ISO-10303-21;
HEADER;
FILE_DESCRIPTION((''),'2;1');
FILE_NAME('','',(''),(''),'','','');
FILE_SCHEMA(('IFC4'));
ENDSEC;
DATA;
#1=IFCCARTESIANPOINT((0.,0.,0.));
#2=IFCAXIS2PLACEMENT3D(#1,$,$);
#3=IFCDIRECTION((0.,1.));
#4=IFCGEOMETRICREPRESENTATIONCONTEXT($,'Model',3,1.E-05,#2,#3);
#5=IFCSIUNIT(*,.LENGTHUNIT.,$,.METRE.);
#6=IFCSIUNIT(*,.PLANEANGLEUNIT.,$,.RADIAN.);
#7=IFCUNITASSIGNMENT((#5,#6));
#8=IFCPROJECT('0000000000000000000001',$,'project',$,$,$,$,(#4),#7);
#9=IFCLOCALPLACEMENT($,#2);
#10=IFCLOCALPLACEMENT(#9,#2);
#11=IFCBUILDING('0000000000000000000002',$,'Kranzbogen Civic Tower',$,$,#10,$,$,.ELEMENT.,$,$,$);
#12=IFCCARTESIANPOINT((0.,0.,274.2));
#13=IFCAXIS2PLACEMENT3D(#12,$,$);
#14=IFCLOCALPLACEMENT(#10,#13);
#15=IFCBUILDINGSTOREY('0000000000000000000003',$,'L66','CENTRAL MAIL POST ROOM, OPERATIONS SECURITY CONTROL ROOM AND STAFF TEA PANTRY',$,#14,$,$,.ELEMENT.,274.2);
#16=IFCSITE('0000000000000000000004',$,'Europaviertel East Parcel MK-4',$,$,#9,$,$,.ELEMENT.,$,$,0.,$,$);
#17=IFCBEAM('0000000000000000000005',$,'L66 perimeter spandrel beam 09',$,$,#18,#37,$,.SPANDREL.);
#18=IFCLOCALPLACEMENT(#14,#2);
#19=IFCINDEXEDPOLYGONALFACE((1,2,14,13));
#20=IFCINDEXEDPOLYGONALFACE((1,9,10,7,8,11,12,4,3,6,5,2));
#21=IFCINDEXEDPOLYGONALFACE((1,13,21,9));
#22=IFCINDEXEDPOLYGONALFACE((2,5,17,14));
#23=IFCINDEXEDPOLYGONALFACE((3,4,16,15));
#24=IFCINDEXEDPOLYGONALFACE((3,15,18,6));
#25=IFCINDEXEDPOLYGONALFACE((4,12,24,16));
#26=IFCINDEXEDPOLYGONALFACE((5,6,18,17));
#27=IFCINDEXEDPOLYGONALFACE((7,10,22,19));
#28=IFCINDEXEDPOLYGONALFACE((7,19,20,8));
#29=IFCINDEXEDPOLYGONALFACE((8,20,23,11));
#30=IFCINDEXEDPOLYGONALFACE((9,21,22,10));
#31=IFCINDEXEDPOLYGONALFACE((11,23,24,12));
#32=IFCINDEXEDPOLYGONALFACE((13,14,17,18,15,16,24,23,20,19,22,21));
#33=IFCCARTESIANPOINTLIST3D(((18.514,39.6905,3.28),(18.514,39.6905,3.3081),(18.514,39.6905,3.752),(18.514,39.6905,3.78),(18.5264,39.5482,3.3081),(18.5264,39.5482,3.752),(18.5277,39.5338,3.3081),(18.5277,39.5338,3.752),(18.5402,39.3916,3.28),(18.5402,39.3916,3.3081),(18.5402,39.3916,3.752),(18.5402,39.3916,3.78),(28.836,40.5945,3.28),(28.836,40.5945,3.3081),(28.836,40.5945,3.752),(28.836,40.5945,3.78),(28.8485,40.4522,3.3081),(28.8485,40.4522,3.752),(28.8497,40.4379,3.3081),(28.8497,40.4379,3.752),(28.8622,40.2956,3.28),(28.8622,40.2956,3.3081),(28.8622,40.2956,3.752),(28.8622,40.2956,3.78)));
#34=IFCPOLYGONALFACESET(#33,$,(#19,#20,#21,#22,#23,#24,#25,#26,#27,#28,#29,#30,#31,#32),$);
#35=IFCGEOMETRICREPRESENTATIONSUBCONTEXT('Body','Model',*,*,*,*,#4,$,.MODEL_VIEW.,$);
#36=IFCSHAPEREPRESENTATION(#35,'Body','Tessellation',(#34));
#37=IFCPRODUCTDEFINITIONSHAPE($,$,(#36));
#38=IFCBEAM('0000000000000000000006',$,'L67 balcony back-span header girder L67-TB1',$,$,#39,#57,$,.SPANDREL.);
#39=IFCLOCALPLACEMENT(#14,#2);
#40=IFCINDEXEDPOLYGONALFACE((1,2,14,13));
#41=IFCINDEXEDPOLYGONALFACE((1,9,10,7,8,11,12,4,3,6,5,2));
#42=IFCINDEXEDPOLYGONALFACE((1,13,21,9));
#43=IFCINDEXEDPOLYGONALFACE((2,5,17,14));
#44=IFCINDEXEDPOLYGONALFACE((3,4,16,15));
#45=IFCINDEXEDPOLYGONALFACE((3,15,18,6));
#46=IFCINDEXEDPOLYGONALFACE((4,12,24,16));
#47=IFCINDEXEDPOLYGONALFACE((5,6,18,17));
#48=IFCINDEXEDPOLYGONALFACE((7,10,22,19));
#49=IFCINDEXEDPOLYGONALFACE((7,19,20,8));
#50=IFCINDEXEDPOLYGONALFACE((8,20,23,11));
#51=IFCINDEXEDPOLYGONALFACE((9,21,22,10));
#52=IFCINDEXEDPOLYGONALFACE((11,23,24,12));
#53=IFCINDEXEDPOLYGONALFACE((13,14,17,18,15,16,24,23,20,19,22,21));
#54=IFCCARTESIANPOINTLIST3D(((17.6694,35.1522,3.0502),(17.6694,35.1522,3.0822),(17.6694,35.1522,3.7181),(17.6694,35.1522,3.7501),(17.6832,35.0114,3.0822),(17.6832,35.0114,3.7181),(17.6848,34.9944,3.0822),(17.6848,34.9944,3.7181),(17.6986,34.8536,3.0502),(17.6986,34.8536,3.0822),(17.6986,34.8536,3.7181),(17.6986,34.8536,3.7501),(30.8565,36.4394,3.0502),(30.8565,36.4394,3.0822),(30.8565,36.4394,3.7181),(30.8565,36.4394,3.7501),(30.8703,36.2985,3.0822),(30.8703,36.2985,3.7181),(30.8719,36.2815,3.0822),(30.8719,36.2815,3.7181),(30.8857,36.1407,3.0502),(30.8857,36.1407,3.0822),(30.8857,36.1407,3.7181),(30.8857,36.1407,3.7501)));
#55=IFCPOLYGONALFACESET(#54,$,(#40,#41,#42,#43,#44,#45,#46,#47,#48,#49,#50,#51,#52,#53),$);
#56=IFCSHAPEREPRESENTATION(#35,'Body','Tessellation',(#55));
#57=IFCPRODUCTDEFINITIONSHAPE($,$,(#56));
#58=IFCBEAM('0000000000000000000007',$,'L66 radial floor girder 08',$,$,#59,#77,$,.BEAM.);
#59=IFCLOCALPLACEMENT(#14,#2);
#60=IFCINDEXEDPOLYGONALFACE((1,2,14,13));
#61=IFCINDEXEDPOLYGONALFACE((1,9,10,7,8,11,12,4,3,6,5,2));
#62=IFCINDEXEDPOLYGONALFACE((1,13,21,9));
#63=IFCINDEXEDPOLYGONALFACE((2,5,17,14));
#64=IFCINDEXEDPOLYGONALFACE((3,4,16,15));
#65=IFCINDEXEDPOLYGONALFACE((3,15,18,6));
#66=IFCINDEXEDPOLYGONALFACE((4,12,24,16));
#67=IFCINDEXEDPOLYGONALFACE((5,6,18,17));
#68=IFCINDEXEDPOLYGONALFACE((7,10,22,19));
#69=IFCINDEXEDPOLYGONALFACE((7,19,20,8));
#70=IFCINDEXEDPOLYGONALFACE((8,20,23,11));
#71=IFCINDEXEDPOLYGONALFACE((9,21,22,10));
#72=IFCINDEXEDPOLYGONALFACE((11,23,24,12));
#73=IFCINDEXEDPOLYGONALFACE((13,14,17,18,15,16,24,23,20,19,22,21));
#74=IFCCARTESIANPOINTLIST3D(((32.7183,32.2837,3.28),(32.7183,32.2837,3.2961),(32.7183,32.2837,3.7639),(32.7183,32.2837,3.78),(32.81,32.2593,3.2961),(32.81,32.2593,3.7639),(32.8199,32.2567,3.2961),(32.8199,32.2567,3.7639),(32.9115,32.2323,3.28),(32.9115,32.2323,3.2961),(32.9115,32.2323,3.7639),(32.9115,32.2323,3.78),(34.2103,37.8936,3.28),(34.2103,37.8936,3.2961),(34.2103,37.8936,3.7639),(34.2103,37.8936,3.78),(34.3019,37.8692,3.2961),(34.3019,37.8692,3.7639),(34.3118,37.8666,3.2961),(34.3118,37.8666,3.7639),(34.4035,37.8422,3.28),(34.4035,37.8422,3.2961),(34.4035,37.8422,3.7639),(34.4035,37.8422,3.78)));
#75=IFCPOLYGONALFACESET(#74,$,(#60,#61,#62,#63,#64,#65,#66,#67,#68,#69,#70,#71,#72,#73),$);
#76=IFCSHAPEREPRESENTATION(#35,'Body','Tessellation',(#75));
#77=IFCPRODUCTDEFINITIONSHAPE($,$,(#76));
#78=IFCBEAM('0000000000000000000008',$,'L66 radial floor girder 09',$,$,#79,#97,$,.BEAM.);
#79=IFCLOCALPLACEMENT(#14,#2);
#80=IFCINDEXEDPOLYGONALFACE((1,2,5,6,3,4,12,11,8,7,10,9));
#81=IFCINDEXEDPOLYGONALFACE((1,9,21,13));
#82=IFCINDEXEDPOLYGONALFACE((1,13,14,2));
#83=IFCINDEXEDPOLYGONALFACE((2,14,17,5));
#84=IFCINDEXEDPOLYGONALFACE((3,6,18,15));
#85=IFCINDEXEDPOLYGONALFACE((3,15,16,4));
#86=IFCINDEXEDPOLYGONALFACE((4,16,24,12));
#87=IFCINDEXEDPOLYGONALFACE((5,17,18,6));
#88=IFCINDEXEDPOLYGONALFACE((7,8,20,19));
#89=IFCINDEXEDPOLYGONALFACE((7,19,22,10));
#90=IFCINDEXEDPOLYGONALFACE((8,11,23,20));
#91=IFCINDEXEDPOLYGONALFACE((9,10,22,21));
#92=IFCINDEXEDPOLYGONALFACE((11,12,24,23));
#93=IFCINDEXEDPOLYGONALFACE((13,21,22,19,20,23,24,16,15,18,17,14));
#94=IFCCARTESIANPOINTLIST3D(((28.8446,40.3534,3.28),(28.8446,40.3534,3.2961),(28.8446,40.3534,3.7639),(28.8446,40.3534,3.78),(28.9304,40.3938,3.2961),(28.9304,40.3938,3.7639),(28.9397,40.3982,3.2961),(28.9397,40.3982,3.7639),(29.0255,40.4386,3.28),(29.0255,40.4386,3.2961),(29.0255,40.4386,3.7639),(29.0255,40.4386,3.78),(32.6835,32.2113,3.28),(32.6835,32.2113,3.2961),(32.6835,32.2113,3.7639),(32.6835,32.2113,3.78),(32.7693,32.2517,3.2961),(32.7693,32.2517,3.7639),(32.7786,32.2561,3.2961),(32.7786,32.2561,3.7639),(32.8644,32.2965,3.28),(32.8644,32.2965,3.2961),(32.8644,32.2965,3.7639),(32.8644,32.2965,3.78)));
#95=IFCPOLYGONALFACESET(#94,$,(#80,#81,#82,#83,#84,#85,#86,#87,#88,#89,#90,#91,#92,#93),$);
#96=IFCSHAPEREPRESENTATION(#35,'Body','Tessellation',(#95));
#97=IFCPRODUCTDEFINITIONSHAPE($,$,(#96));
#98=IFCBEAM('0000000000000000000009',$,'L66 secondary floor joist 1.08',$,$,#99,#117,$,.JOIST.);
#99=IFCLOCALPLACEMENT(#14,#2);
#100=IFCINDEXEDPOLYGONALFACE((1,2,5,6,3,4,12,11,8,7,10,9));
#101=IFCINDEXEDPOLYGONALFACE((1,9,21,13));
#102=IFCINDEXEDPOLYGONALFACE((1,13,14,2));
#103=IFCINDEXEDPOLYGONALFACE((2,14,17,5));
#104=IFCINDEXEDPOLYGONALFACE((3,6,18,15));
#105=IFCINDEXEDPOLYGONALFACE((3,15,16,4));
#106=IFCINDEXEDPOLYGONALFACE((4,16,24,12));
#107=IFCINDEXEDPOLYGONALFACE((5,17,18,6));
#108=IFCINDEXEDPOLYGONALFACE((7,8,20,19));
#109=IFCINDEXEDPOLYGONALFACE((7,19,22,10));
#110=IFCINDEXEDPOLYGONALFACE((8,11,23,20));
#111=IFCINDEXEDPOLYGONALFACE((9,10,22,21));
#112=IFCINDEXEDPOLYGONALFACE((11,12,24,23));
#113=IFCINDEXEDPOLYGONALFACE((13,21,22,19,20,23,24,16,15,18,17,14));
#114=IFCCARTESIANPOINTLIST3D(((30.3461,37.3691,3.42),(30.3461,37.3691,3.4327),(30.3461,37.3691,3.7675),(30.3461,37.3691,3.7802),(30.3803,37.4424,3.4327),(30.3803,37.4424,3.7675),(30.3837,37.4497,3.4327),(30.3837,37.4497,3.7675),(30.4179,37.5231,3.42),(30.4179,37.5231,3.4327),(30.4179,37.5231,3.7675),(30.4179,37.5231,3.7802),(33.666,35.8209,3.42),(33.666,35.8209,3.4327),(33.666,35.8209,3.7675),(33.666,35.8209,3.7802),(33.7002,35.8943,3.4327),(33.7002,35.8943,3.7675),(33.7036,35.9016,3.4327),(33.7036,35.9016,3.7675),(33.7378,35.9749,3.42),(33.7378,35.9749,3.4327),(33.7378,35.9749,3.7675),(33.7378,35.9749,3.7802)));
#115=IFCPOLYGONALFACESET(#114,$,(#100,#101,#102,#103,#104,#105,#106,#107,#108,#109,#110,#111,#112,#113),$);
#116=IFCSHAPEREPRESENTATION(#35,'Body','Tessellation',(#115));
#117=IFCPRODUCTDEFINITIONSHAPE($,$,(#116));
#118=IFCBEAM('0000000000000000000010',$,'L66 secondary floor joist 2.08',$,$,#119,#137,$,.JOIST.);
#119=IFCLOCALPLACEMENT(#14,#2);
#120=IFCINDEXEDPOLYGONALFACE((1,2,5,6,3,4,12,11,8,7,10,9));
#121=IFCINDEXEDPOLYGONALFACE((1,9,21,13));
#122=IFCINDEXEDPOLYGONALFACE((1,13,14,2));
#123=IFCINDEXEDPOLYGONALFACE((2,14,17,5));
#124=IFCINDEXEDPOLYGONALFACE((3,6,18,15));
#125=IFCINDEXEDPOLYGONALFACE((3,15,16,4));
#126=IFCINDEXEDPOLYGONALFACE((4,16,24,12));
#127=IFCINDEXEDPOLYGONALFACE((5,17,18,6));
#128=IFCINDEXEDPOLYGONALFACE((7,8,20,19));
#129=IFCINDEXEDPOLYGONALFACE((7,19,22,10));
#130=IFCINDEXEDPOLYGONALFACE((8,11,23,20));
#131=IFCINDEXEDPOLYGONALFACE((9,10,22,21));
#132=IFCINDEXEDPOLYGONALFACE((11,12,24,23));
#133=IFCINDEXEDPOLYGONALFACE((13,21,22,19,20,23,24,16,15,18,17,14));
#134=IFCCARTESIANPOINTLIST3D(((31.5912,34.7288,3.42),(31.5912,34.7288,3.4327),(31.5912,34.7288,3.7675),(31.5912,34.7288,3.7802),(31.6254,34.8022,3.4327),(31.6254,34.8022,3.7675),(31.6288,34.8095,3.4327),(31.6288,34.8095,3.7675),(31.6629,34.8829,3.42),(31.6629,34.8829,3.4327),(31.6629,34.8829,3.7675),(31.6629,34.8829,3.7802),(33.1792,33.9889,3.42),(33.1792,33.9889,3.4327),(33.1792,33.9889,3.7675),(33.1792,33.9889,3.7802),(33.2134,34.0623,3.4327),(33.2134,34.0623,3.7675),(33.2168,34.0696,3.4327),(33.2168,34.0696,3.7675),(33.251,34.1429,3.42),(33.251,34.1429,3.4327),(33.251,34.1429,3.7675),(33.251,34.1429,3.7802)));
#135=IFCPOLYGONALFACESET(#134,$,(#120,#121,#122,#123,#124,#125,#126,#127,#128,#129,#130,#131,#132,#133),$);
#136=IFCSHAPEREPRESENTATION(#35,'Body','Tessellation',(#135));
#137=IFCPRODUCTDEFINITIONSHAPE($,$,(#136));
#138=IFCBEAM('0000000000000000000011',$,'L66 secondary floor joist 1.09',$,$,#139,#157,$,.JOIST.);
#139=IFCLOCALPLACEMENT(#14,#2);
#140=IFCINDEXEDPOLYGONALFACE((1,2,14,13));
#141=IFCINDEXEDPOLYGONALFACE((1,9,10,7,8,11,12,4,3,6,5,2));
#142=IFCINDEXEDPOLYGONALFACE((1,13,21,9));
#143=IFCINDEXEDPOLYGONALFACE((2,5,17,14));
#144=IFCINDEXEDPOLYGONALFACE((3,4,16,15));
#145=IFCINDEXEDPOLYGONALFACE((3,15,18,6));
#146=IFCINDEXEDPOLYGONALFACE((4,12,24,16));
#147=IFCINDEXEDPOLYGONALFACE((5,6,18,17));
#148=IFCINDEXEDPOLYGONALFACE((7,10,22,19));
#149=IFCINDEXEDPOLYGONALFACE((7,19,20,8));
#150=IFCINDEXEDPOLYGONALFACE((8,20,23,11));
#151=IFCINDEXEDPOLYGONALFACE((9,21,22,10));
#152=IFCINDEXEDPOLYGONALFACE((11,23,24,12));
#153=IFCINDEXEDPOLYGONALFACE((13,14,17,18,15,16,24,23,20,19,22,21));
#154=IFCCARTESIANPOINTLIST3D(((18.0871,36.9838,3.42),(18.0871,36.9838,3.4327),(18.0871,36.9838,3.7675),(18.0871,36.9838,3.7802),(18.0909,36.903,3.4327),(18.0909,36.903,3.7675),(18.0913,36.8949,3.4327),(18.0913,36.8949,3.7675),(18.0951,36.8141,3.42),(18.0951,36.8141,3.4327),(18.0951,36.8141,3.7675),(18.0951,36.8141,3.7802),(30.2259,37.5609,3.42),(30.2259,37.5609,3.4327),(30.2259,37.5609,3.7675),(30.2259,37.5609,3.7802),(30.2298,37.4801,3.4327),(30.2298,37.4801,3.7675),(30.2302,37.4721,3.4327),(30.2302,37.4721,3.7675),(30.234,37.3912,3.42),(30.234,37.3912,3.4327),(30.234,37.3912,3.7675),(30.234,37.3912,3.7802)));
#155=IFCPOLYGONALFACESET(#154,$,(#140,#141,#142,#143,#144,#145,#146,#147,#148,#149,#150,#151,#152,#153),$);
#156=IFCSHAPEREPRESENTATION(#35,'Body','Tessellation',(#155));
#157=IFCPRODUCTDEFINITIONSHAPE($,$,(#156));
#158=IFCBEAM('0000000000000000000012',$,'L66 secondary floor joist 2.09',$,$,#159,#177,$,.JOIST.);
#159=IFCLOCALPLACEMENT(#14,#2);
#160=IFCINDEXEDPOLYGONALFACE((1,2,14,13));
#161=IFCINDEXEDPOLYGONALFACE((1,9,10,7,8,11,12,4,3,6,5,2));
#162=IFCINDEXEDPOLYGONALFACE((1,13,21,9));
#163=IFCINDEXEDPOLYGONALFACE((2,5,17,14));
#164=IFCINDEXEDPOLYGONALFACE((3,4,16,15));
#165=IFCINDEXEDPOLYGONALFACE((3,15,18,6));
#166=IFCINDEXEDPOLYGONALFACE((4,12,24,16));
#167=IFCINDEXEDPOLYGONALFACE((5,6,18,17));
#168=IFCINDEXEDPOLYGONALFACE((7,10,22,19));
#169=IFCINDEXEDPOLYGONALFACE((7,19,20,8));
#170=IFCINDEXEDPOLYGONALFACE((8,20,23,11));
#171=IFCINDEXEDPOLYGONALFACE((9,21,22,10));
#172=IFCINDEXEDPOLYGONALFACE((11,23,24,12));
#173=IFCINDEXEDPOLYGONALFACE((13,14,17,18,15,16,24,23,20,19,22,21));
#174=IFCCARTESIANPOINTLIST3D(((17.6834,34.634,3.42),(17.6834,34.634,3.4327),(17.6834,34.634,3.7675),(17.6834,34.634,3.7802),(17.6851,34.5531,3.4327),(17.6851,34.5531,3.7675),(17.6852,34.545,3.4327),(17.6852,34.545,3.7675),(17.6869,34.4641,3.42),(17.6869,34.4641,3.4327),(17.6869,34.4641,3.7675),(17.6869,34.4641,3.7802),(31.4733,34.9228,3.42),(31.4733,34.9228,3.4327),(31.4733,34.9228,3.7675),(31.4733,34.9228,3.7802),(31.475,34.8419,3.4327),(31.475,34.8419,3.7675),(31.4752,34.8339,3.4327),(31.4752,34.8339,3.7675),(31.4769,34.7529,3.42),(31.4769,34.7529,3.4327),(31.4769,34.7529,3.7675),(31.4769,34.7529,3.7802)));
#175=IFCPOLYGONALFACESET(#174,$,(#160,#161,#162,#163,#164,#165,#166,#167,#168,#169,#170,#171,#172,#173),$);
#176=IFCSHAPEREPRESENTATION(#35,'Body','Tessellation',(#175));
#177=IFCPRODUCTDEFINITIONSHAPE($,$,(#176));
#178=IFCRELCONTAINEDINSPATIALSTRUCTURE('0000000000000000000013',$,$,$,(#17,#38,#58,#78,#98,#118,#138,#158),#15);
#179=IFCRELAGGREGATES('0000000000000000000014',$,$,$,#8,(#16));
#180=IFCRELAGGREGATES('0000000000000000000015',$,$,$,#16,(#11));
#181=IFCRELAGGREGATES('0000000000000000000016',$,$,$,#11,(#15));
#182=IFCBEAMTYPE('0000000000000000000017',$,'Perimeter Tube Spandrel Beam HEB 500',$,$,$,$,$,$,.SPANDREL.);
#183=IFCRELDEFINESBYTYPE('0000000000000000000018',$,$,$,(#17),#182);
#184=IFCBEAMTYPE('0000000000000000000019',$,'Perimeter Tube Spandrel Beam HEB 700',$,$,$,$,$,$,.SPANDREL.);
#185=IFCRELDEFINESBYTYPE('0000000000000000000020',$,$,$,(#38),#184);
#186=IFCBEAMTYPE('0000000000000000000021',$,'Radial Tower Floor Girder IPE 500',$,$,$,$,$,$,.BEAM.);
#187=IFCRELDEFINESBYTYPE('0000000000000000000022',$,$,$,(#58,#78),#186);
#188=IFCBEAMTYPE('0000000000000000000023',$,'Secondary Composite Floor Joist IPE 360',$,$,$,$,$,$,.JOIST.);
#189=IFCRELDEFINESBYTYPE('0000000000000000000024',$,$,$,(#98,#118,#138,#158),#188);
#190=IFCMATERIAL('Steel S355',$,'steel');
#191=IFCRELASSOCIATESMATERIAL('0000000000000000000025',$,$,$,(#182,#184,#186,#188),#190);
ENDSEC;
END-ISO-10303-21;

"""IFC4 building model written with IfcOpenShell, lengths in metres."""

from ifc_helpers import new_model, si_unit, direction, frame, origin, origin_2d, place, context, subcontext, project, spatial, i_section, extrude, material, material_profile, profile_set, type_object, element, save


model = new_model("IFC4")

# Units and contexts
model_context = context("Model", 3, precision=1e-05, world=origin(), true_north=direction((0.0, 1.0)))
body_context = subcontext(model_context, "Body", "Model", "MODEL_VIEW")
ifc_project = project(units=[si_unit("LENGTHUNIT", "METRE"), si_unit("PLANEANGLEUNIT", "RADIAN")], contexts=[model_context])

# Site, building, storey
site_placement = place(None, origin())
site = spatial("IfcSite", under=ifc_project, at=site_placement, Name="Europaviertel East Parcel MK-4", CompositionType="ELEMENT", RefElevation=0.0)
building_placement = place(site_placement, origin())
building = spatial("IfcBuilding", under=site, at=building_placement, Name="Kranzbogen Civic Tower", CompositionType="ELEMENT")
storey_placement = place(building_placement, frame((0.0, 0.0, 274.2)))
storey = spatial("IfcBuildingStorey", under=building, at=storey_placement, Name="L66", Description="CENTRAL MAIL POST ROOM, OPERATIONS SECURITY CONTROL ROOM AND STAFF TEA PANTRY", CompositionType="ELEMENT", Elevation=274.2)

# Shared definitions
ifc_material_1 = material(Name="Steel S355", Category="steel")

# Beams
ifc_material_profile_1 = material_profile(ifc_material_1, i_section(OverallWidth=0.3, OverallDepth=0.5, WebThickness=0.0144, FlangeThickness=0.0281, at=origin_2d()), Name="HEB 500")
ifc_profile_set_1 = profile_set([ifc_material_profile_1], Name="Steel S355")
beam_type_1 = type_object("IfcBeamType", Name="Perimeter Tube Spandrel Beam HEB 500", PredefinedType="SPANDREL", material=ifc_profile_set_1)
beam_1_placement = place(storey_placement, frame((28.8491, 40.4451, 3.53), z_axis=(-0.996186, -0.087251, 0.0), x_axis=(0.087251, -0.996186, 0.0)))
element("IfcBeam", 1, at=beam_1_placement, inside=storey, type_object=beam_type_1, Name="L66 perimeter spandrel beam 09", PredefinedType="SPANDREL", context=body_context, shape_type="SweptSolid", body=[
    extrude(i_section(OverallWidth=0.3, OverallDepth=0.5, WebThickness=0.0144, FlangeThickness=0.0281, at=origin_2d()), origin(), (0.0, 0.0, 1.0), 10.3616),
])
ifc_material_profile_2 = material_profile(ifc_material_1, i_section(OverallWidth=0.3, OverallDepth=0.7, WebThickness=0.0171, FlangeThickness=0.032, at=origin_2d()), Name="HEB 700")
ifc_profile_set_2 = profile_set([ifc_material_profile_2], Name="Steel S355")
beam_type_2 = type_object("IfcBeamType", Name="Perimeter Tube Spandrel Beam HEB 700", PredefinedType="SPANDREL", material=ifc_profile_set_2)
beam_2_placement = place(storey_placement, frame((30.8711, 36.29, 3.4001), z_axis=(-0.99527, -0.097143, 0.0), x_axis=(0.097143, -0.99527, 0.0)))
element("IfcBeam", 2, at=beam_2_placement, inside=storey, type_object=beam_type_2, Name="L67 balcony back-span header girder L67-TB1", PredefinedType="SPANDREL", context=body_context, shape_type="SweptSolid", body=[
    extrude(i_section(OverallWidth=0.3, OverallDepth=0.7, WebThickness=0.0171, FlangeThickness=0.032, at=origin_2d()), origin(), (0.0, 0.0, 1.0), 13.2498),
])
ifc_material_profile_3 = material_profile(ifc_material_1, i_section(OverallWidth=0.2, OverallDepth=0.5, WebThickness=0.0103, FlangeThickness=0.0161, at=origin_2d()), Name="IPE 500")
ifc_profile_set_3 = profile_set([ifc_material_profile_3], Name="Steel S355")
beam_type_3 = type_object("IfcBeamType", Name="Radial Tower Floor Girder IPE 500", PredefinedType="BEAM", material=ifc_profile_set_3)
beam_3_placement = place(storey_placement, frame((34.3069, 37.8679, 3.53), z_axis=(-0.257016, -0.966407, 0.0), x_axis=(0.966407, -0.257016, 0.0)))
element("IfcBeam", 3, at=beam_3_placement, inside=storey, type_object=beam_type_3, Name="L66 radial floor girder 08", PredefinedType="BEAM", context=body_context, shape_type="SweptSolid", body=[
    extrude(i_section(OverallWidth=0.2, OverallDepth=0.5, WebThickness=0.0103, FlangeThickness=0.0161, at=origin_2d()), origin(), (0.0, 0.0, 1.0), 5.8049),
])
beam_4_placement = place(storey_placement, frame((28.9351, 40.396, 3.53), z_axis=(0.42646, -0.904506, 0.0), x_axis=(0.904506, 0.42646, 0.0)))
element("IfcBeam", 4, at=beam_4_placement, inside=storey, type_object=beam_type_3, Name="L66 radial floor girder 09", PredefinedType="BEAM", context=body_context, shape_type="SweptSolid", body=[
    extrude(i_section(OverallWidth=0.2, OverallDepth=0.5, WebThickness=0.0103, FlangeThickness=0.0161, at=origin_2d()), origin(), (0.0, 0.0, 1.0), 9.0017),
])
ifc_material_profile_4 = material_profile(ifc_material_1, i_section(OverallWidth=0.1699, OverallDepth=0.3601, WebThickness=0.0081, FlangeThickness=0.0127, at=origin_2d()), Name="IPE 360")
ifc_profile_set_4 = profile_set([ifc_material_profile_4], Name="Steel S355")
beam_type_4 = type_object("IfcBeamType", Name="Secondary Composite Floor Joist IPE 360", PredefinedType="JOIST", material=ifc_profile_set_4)
beam_5_placement = place(storey_placement, frame((33.7019, 35.8979, 3.6001), z_axis=(-0.906304, 0.422626, 0.0), x_axis=(-0.422626, -0.906304, 0.0)))
element("IfcBeam", 5, at=beam_5_placement, inside=storey, type_object=beam_type_4, Name="L66 secondary floor joist 1.08", PredefinedType="JOIST", context=body_context, shape_type="SweptSolid", body=[
    extrude(i_section(OverallWidth=0.1699, OverallDepth=0.3601, WebThickness=0.0081, FlangeThickness=0.0127, at=origin_2d()), origin(), (0.0, 0.0, 1.0), 3.6631),
])
beam_6_placement = place(storey_placement, frame((33.2151, 34.0659, 3.6001), z_axis=(-0.906432, 0.422351, 0.0), x_axis=(-0.422351, -0.906432, 0.0)))
element("IfcBeam", 6, at=beam_6_placement, inside=storey, type_object=beam_type_4, Name="L66 secondary floor joist 2.08", PredefinedType="JOIST", context=body_context, shape_type="SweptSolid", body=[
    extrude(i_section(OverallWidth=0.1699, OverallDepth=0.3601, WebThickness=0.0081, FlangeThickness=0.0127, at=origin_2d()), origin(), (0.0, 0.0, 1.0), 1.752),
])
beam_7_placement = place(storey_placement, frame((30.23, 37.4761, 3.6001), z_axis=(-0.998872, -0.047492, 0.0), x_axis=(0.047492, -0.998872, 0.0)))
element("IfcBeam", 7, at=beam_7_placement, inside=storey, type_object=beam_type_4, Name="L66 secondary floor joist 1.09", PredefinedType="JOIST", context=body_context, shape_type="SweptSolid", body=[
    extrude(i_section(OverallWidth=0.1699, OverallDepth=0.3601, WebThickness=0.0081, FlangeThickness=0.0127, at=origin_2d()), origin(), (0.0, 0.0, 1.0), 12.1526),
])
beam_8_placement = place(storey_placement, frame((31.4751, 34.8379, 3.6001), z_axis=(-0.999781, -0.020939, 0.0), x_axis=(0.020939, -0.999781, 0.0)))
element("IfcBeam", 8, at=beam_8_placement, inside=storey, type_object=beam_type_4, Name="L66 secondary floor joist 2.09", PredefinedType="JOIST", context=body_context, shape_type="SweptSolid", body=[
    extrude(i_section(OverallWidth=0.1699, OverallDepth=0.3601, WebThickness=0.0081, FlangeThickness=0.0127, at=origin_2d()), origin(), (0.0, 0.0, 1.0), 13.793),
])

save(model, "model.ifc")
